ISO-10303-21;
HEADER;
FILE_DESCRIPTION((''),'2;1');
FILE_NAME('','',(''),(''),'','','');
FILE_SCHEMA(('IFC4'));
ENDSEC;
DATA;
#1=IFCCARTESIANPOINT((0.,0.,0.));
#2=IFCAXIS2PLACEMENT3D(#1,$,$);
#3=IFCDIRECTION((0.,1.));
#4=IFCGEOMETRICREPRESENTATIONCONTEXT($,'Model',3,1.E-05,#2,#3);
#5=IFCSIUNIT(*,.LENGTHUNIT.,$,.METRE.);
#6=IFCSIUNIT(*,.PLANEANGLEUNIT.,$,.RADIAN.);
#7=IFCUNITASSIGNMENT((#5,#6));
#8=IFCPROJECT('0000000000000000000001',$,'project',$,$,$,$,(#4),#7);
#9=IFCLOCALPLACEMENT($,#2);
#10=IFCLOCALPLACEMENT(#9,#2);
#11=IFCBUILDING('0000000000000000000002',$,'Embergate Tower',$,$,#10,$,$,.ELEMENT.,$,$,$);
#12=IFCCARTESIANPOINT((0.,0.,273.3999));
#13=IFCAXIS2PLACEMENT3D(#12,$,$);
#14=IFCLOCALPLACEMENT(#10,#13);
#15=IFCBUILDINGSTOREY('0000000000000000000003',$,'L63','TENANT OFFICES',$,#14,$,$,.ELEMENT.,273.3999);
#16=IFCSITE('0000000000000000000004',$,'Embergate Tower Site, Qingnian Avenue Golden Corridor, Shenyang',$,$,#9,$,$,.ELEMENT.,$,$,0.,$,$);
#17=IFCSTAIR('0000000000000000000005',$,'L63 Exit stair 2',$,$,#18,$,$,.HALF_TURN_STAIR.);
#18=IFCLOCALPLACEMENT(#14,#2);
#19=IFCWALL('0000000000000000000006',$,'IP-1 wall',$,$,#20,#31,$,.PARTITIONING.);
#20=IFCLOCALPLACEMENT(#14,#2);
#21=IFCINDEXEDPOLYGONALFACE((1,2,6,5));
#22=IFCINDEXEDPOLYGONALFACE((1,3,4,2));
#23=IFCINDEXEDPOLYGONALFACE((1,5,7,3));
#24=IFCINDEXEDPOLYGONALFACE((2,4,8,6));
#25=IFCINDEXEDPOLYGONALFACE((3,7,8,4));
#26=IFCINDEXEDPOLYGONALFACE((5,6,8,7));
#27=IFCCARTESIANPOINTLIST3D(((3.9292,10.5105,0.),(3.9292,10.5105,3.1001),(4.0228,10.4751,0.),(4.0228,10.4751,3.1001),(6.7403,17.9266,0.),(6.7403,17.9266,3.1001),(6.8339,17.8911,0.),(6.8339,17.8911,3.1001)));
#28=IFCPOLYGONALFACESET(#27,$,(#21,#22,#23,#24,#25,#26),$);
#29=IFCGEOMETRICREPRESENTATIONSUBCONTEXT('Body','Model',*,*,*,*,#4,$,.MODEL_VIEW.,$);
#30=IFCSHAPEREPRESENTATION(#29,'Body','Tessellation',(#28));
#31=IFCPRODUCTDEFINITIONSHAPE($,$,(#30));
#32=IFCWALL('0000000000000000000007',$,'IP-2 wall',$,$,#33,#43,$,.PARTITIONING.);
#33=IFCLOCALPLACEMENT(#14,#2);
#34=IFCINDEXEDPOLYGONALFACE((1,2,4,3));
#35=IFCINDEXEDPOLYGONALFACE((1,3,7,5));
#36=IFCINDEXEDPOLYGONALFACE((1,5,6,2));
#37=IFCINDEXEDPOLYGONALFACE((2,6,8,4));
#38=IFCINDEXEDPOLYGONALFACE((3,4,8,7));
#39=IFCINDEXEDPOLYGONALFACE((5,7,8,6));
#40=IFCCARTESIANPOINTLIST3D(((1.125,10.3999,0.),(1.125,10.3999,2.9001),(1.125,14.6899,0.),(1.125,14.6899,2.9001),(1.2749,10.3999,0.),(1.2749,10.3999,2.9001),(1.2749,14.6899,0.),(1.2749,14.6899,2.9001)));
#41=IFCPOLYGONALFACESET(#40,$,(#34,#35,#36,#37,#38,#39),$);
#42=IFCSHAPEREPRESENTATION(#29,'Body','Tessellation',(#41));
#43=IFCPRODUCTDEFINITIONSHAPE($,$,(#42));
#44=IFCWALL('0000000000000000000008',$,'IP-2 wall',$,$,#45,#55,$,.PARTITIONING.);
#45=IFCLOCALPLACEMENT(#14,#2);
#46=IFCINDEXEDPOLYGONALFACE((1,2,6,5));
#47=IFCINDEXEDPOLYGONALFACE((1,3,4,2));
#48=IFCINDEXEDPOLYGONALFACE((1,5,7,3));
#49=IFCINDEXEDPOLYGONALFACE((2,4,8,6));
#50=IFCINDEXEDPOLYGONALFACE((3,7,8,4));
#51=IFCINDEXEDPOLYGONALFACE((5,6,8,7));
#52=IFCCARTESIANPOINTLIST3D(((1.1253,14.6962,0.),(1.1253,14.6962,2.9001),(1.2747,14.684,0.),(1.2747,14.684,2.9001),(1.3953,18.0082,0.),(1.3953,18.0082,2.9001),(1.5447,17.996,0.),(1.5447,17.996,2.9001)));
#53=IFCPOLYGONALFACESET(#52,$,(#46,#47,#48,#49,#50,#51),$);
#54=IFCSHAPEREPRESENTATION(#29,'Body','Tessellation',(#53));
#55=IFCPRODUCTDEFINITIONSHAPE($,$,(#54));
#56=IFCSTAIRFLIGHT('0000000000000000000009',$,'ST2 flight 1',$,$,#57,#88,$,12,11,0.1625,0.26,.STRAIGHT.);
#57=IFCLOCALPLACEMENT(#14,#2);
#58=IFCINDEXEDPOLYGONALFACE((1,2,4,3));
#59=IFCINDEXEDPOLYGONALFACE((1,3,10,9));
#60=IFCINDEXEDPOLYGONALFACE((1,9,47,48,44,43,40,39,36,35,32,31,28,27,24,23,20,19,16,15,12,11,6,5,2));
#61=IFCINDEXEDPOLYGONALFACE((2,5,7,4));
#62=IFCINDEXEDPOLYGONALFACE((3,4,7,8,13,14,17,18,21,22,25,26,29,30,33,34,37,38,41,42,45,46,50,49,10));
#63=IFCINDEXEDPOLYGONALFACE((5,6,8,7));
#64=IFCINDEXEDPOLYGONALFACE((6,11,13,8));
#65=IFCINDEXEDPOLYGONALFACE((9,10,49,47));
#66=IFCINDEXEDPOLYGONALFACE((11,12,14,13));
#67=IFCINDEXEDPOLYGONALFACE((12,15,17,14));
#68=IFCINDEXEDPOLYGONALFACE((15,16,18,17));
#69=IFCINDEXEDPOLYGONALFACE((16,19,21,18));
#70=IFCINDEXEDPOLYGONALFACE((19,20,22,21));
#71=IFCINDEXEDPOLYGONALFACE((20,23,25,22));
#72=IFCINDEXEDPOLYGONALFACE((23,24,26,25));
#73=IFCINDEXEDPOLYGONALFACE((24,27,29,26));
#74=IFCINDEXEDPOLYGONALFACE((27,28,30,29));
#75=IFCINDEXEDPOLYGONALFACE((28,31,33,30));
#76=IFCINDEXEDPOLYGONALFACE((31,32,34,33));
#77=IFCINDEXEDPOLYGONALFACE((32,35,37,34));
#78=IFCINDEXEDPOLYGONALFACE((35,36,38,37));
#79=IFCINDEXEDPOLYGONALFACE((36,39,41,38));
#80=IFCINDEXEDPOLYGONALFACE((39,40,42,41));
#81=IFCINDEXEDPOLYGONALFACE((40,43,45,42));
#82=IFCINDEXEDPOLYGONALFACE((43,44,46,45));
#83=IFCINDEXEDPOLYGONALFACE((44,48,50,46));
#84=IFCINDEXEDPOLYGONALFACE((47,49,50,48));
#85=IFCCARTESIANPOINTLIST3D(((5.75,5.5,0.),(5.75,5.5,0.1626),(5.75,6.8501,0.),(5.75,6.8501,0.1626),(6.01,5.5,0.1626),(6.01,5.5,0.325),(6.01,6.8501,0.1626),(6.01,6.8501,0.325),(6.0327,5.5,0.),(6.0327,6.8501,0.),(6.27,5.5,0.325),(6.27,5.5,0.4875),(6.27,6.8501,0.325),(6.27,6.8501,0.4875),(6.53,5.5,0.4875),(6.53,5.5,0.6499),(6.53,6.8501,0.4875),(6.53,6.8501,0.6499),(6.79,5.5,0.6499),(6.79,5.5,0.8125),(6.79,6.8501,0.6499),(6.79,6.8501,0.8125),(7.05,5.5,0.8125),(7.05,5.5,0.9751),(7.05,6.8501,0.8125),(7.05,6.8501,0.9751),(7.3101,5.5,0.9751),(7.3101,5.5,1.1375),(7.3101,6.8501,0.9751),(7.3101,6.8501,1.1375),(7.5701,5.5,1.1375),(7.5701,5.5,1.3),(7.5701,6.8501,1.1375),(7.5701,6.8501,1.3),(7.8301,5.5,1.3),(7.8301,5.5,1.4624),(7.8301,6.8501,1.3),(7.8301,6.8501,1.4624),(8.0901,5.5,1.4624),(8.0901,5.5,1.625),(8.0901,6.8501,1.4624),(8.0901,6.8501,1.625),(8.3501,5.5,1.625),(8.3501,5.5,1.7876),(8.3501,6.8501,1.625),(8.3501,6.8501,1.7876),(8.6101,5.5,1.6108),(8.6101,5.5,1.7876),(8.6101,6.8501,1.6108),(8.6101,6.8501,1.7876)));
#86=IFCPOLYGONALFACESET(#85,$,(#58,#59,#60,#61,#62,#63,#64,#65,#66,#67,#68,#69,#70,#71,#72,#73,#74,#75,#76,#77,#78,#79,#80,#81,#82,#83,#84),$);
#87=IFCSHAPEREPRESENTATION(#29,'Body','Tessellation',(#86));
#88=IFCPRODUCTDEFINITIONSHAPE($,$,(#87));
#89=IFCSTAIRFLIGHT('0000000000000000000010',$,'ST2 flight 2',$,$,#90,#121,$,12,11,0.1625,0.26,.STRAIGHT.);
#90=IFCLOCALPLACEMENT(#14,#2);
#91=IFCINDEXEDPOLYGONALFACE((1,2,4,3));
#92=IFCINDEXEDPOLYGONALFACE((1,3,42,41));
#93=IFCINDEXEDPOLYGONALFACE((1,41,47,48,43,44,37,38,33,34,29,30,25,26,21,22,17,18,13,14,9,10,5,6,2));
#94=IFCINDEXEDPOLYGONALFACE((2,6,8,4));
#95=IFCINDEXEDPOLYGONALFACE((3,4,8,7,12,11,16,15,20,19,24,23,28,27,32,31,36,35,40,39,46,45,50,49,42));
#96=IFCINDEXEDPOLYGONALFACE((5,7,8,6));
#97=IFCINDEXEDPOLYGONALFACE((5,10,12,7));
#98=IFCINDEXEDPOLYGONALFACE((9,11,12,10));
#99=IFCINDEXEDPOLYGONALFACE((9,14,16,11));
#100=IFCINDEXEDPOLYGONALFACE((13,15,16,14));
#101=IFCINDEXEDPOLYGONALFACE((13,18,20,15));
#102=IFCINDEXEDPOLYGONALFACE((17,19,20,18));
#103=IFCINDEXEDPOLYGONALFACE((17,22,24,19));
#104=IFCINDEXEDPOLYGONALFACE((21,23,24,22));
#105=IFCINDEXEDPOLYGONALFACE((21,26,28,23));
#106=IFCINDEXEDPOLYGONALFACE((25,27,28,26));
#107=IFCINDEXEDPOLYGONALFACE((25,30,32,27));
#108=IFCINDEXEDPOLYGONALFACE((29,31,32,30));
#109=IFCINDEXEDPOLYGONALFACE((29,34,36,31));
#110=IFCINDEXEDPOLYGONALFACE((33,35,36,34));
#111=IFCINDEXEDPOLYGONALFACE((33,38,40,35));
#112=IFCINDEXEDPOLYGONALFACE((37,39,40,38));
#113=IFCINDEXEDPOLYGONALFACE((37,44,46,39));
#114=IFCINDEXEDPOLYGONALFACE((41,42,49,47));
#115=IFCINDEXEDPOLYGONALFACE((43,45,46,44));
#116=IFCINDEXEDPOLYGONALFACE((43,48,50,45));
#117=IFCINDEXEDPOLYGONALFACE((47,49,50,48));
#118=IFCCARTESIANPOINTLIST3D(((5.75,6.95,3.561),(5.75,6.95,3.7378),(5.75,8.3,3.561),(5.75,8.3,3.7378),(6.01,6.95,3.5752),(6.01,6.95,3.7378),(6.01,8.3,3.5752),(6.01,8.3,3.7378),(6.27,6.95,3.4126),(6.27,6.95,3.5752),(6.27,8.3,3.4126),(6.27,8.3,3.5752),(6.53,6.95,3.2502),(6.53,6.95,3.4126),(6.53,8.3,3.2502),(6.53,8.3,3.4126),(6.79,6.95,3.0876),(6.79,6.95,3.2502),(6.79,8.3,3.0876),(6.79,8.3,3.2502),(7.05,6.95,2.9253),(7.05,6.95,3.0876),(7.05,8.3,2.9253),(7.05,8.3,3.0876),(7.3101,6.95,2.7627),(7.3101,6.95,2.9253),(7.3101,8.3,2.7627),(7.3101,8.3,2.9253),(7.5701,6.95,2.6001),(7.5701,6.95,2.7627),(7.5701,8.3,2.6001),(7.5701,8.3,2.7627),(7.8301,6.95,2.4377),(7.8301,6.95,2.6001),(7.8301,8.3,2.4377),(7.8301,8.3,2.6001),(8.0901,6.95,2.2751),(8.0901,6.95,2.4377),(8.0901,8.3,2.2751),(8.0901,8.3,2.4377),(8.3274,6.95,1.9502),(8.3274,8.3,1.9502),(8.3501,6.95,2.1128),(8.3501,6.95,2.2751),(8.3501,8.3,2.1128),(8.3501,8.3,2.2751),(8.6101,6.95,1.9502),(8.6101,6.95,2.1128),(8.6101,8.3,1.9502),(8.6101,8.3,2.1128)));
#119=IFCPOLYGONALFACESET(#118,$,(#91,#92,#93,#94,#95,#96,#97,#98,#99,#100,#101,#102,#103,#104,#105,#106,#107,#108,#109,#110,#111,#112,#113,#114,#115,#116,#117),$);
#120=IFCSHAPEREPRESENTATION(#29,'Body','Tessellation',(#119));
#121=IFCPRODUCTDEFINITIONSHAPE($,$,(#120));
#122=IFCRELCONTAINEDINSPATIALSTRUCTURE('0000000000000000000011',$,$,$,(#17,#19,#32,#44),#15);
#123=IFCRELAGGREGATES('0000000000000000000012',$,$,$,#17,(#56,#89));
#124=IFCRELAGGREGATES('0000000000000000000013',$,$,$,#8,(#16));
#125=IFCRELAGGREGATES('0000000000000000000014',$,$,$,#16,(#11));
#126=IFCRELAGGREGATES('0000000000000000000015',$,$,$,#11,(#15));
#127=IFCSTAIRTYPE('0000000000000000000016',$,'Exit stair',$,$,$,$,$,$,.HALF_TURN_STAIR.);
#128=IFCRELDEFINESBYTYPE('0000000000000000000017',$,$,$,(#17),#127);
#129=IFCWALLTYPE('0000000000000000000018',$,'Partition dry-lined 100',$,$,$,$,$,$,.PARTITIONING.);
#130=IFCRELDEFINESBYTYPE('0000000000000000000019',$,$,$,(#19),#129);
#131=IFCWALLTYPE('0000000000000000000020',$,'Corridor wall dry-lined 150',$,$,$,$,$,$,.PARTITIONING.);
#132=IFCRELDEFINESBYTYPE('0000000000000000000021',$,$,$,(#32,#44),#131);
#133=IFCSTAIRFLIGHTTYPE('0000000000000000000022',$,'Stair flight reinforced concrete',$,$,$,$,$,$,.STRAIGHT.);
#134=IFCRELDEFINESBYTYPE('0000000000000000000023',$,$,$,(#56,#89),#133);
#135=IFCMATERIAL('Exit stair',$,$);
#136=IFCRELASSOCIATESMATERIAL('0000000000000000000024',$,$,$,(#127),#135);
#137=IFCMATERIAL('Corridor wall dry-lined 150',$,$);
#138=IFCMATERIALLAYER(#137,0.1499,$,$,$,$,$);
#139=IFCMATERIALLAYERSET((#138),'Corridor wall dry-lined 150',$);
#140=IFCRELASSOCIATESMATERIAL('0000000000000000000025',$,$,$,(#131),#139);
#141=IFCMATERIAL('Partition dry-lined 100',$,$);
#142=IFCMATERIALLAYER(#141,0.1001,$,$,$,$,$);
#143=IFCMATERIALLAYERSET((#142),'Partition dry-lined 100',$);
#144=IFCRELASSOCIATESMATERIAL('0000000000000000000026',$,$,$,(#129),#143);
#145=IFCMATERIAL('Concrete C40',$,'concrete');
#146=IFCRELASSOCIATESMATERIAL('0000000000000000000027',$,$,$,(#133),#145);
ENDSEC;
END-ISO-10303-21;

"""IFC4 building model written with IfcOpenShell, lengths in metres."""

from ifc_helpers import new_model, si_unit, direction, frame, frame_2d, origin, place, context, subcontext, project, spatial, polyline, rectangle, outline, extrude, source, transform, mapped, material, layer, layer_set, type_object, element, aggregate, save


model = new_model("IFC4")

# Units and contexts
model_context = context("Model", 3, precision=1e-05, world=origin(), true_north=direction((0.0, 1.0)))
body_context = subcontext(model_context, "Body", "Model", "MODEL_VIEW")
ifc_project = project(units=[si_unit("LENGTHUNIT", "METRE"), si_unit("PLANEANGLEUNIT", "RADIAN")], contexts=[model_context])

# Site, building, storey
site_placement = place(None, origin())
site = spatial("IfcSite", under=ifc_project, at=site_placement, Name="Embergate Tower Site, Qingnian Avenue Golden Corridor, Shenyang", CompositionType="ELEMENT", RefElevation=0.0)
building_placement = place(site_placement, origin())
building = spatial("IfcBuilding", under=site, at=building_placement, Name="Embergate Tower", CompositionType="ELEMENT")
storey_placement = place(building_placement, frame((0.0, 0.0, 273.3999)))
storey = spatial("IfcBuildingStorey", under=building, at=storey_placement, Name="L63", Description="TENANT OFFICES", CompositionType="ELEMENT", Elevation=273.3999)

# Stair
ifc_material_1 = material(Name="Exit stair")
stair_type = type_object("IfcStairType", Name="Exit stair", PredefinedType="HALF_TURN_STAIR", material=ifc_material_1)
stair_placement = place(storey_placement, origin())
stair = element("IfcStair", 1, at=stair_placement, inside=storey, type_object=stair_type, Name="L63 Exit stair 2", PredefinedType="HALF_TURN_STAIR")
ifc_material_2 = material(Name="Concrete C40", Category="concrete")

# Shared definitions
ifc_material_3 = material(Name="Corridor wall dry-lined 150")
ifc_layer_1 = layer(ifc_material_3, 0.1499)
ifc_layer_set_1 = layer_set([ifc_layer_1], Name="Corridor wall dry-lined 150")
wall_type_1 = type_object("IfcWallType", Name="Corridor wall dry-lined 150", PredefinedType="PARTITIONING", material=ifc_layer_set_1)

# Walls
ifc_material_4 = material(Name="Partition dry-lined 100")
ifc_layer_2 = layer(ifc_material_4, 0.1001)
ifc_layer_set_2 = layer_set([ifc_layer_2], Name="Partition dry-lined 100")
wall_type_2 = type_object("IfcWallType", Name="Partition dry-lined 100", PredefinedType="PARTITIONING", material=ifc_layer_set_2)
shared_shape_1 = source(origin(), body_context, "Body", "SweptSolid", [
    extrude(rectangle(XDim=7.9309, YDim=0.1001, at=frame_2d((3.9653, 0.0))), origin(), (0.0, 0.0, 1.0), 3.1001),
])
wall_1_placement = place(storey_placement, frame((3.9761, 10.4929, 0.0), z_axis=(0.0, 0.0, 1.0), x_axis=(0.354441, 0.935078, 0.0)))
element("IfcWall", 2, at=wall_1_placement, inside=storey, type_object=wall_type_2, Name="IP-1 wall", PredefinedType="PARTITIONING", context=body_context, shape_type="MappedRepresentation", body=[
    mapped(shared_shape_1, transform((0.0, 0.0, 0.0))),
])
shared_shape_2 = source(origin(), body_context, "Body", "SweptSolid", [
    extrude(rectangle(XDim=4.29, YDim=0.1499, at=frame_2d((2.145, 0.0))), origin(), (0.0, 0.0, 1.0), 2.9001),
])
wall_2_placement = place(storey_placement, frame((1.2, 10.3999, 0.0), z_axis=(0.0, 0.0, 1.0), x_axis=(0.0, 1.0, 0.0)))
element("IfcWall", 3, at=wall_2_placement, inside=storey, type_object=wall_type_1, Name="IP-2 wall", PredefinedType="PARTITIONING", context=body_context, shape_type="MappedRepresentation", body=[
    mapped(shared_shape_2, transform((0.0, 0.0, 0.0))),
])
shared_shape_3 = source(origin(), body_context, "Body", "SweptSolid", [
    extrude(rectangle(XDim=3.323, YDim=0.1499, at=frame_2d((1.6616, 0.0))), origin(), (0.0, 0.0, 1.0), 2.9001),
])
wall_3_placement = place(storey_placement, frame((1.2, 14.6899, 0.0), z_axis=(0.0, 0.0, 1.0), x_axis=(0.081258, 0.996693, 0.0)))
element("IfcWall", 4, at=wall_3_placement, inside=storey, type_object=wall_type_1, Name="IP-2 wall", PredefinedType="PARTITIONING", context=body_context, shape_type="MappedRepresentation", body=[
    mapped(shared_shape_3, transform((0.0, 0.0, 0.0))),
])

# Stair flights
stair_flight_type = type_object("IfcStairFlightType", Name="Stair flight reinforced concrete", PredefinedType="STRAIGHT", material=ifc_material_2)
shared_shape_4 = source(origin(), body_context, "Body", "SweptSolid", [
    extrude(outline(polyline([(0.0, 0.0), (0.0, 0.1626), (0.26, 0.1626), (0.26, 0.325), (0.52, 0.325), (0.52, 0.4875), (0.78, 0.4875), (0.78, 0.6499), (1.04, 0.6499), (1.04, 0.8125), (1.3, 0.8125), (1.3, 0.9751), (1.5601, 0.9751), (1.5601, 1.1375), (1.8201, 1.1375), (1.8201, 1.3), (2.0801, 1.3), (2.0801, 1.4624), (2.3401, 1.4624), (2.3401, 1.625), (2.6001, 1.625), (2.6001, 1.7876), (2.8601, 1.7876), (2.8601, 1.95), (2.8601, 1.6108), (0.2827, 0.0), (0.0, 0.0)])), frame((0.0, 0.675, 0.0), z_axis=(0.0, -1.0, 0.0), x_axis=(1.0, 0.0, 0.0)), (0.0, 0.0, 1.0), 1.3501),
])
stair_flight_1_placement = place(storey_placement, frame((5.75, 6.175, 0.0), z_axis=(0.0, 0.0, 1.0), x_axis=(1.0, 0.0, 0.0)))
stair_flight_1 = element("IfcStairFlight", 5, at=stair_flight_1_placement, type_object=stair_flight_type, Name="ST2 flight 1", NumberOfRisers=12, NumberOfTreads=11, PredefinedType="STRAIGHT", RiserHeight=0.1625, TreadLength=0.26, context=body_context, shape_type="MappedRepresentation", body=[
    mapped(shared_shape_4, transform((0.0, 0.0, 0.0))),
])
stair_flight_2_placement = place(storey_placement, frame((8.6101, 7.625, 1.9502), z_axis=(0.0, 0.0, 1.0), x_axis=(-1.0, 0.0, 0.0)))
stair_flight_2 = element("IfcStairFlight", 6, at=stair_flight_2_placement, type_object=stair_flight_type, Name="ST2 flight 2", NumberOfRisers=12, NumberOfTreads=11, PredefinedType="STRAIGHT", RiserHeight=0.1625, TreadLength=0.26, context=body_context, shape_type="MappedRepresentation", body=[
    mapped(shared_shape_4, transform((0.0, 0.0, 0.0))),
])
aggregate(stair, [stair_flight_1, stair_flight_2])

save(model, "model.ifc")
